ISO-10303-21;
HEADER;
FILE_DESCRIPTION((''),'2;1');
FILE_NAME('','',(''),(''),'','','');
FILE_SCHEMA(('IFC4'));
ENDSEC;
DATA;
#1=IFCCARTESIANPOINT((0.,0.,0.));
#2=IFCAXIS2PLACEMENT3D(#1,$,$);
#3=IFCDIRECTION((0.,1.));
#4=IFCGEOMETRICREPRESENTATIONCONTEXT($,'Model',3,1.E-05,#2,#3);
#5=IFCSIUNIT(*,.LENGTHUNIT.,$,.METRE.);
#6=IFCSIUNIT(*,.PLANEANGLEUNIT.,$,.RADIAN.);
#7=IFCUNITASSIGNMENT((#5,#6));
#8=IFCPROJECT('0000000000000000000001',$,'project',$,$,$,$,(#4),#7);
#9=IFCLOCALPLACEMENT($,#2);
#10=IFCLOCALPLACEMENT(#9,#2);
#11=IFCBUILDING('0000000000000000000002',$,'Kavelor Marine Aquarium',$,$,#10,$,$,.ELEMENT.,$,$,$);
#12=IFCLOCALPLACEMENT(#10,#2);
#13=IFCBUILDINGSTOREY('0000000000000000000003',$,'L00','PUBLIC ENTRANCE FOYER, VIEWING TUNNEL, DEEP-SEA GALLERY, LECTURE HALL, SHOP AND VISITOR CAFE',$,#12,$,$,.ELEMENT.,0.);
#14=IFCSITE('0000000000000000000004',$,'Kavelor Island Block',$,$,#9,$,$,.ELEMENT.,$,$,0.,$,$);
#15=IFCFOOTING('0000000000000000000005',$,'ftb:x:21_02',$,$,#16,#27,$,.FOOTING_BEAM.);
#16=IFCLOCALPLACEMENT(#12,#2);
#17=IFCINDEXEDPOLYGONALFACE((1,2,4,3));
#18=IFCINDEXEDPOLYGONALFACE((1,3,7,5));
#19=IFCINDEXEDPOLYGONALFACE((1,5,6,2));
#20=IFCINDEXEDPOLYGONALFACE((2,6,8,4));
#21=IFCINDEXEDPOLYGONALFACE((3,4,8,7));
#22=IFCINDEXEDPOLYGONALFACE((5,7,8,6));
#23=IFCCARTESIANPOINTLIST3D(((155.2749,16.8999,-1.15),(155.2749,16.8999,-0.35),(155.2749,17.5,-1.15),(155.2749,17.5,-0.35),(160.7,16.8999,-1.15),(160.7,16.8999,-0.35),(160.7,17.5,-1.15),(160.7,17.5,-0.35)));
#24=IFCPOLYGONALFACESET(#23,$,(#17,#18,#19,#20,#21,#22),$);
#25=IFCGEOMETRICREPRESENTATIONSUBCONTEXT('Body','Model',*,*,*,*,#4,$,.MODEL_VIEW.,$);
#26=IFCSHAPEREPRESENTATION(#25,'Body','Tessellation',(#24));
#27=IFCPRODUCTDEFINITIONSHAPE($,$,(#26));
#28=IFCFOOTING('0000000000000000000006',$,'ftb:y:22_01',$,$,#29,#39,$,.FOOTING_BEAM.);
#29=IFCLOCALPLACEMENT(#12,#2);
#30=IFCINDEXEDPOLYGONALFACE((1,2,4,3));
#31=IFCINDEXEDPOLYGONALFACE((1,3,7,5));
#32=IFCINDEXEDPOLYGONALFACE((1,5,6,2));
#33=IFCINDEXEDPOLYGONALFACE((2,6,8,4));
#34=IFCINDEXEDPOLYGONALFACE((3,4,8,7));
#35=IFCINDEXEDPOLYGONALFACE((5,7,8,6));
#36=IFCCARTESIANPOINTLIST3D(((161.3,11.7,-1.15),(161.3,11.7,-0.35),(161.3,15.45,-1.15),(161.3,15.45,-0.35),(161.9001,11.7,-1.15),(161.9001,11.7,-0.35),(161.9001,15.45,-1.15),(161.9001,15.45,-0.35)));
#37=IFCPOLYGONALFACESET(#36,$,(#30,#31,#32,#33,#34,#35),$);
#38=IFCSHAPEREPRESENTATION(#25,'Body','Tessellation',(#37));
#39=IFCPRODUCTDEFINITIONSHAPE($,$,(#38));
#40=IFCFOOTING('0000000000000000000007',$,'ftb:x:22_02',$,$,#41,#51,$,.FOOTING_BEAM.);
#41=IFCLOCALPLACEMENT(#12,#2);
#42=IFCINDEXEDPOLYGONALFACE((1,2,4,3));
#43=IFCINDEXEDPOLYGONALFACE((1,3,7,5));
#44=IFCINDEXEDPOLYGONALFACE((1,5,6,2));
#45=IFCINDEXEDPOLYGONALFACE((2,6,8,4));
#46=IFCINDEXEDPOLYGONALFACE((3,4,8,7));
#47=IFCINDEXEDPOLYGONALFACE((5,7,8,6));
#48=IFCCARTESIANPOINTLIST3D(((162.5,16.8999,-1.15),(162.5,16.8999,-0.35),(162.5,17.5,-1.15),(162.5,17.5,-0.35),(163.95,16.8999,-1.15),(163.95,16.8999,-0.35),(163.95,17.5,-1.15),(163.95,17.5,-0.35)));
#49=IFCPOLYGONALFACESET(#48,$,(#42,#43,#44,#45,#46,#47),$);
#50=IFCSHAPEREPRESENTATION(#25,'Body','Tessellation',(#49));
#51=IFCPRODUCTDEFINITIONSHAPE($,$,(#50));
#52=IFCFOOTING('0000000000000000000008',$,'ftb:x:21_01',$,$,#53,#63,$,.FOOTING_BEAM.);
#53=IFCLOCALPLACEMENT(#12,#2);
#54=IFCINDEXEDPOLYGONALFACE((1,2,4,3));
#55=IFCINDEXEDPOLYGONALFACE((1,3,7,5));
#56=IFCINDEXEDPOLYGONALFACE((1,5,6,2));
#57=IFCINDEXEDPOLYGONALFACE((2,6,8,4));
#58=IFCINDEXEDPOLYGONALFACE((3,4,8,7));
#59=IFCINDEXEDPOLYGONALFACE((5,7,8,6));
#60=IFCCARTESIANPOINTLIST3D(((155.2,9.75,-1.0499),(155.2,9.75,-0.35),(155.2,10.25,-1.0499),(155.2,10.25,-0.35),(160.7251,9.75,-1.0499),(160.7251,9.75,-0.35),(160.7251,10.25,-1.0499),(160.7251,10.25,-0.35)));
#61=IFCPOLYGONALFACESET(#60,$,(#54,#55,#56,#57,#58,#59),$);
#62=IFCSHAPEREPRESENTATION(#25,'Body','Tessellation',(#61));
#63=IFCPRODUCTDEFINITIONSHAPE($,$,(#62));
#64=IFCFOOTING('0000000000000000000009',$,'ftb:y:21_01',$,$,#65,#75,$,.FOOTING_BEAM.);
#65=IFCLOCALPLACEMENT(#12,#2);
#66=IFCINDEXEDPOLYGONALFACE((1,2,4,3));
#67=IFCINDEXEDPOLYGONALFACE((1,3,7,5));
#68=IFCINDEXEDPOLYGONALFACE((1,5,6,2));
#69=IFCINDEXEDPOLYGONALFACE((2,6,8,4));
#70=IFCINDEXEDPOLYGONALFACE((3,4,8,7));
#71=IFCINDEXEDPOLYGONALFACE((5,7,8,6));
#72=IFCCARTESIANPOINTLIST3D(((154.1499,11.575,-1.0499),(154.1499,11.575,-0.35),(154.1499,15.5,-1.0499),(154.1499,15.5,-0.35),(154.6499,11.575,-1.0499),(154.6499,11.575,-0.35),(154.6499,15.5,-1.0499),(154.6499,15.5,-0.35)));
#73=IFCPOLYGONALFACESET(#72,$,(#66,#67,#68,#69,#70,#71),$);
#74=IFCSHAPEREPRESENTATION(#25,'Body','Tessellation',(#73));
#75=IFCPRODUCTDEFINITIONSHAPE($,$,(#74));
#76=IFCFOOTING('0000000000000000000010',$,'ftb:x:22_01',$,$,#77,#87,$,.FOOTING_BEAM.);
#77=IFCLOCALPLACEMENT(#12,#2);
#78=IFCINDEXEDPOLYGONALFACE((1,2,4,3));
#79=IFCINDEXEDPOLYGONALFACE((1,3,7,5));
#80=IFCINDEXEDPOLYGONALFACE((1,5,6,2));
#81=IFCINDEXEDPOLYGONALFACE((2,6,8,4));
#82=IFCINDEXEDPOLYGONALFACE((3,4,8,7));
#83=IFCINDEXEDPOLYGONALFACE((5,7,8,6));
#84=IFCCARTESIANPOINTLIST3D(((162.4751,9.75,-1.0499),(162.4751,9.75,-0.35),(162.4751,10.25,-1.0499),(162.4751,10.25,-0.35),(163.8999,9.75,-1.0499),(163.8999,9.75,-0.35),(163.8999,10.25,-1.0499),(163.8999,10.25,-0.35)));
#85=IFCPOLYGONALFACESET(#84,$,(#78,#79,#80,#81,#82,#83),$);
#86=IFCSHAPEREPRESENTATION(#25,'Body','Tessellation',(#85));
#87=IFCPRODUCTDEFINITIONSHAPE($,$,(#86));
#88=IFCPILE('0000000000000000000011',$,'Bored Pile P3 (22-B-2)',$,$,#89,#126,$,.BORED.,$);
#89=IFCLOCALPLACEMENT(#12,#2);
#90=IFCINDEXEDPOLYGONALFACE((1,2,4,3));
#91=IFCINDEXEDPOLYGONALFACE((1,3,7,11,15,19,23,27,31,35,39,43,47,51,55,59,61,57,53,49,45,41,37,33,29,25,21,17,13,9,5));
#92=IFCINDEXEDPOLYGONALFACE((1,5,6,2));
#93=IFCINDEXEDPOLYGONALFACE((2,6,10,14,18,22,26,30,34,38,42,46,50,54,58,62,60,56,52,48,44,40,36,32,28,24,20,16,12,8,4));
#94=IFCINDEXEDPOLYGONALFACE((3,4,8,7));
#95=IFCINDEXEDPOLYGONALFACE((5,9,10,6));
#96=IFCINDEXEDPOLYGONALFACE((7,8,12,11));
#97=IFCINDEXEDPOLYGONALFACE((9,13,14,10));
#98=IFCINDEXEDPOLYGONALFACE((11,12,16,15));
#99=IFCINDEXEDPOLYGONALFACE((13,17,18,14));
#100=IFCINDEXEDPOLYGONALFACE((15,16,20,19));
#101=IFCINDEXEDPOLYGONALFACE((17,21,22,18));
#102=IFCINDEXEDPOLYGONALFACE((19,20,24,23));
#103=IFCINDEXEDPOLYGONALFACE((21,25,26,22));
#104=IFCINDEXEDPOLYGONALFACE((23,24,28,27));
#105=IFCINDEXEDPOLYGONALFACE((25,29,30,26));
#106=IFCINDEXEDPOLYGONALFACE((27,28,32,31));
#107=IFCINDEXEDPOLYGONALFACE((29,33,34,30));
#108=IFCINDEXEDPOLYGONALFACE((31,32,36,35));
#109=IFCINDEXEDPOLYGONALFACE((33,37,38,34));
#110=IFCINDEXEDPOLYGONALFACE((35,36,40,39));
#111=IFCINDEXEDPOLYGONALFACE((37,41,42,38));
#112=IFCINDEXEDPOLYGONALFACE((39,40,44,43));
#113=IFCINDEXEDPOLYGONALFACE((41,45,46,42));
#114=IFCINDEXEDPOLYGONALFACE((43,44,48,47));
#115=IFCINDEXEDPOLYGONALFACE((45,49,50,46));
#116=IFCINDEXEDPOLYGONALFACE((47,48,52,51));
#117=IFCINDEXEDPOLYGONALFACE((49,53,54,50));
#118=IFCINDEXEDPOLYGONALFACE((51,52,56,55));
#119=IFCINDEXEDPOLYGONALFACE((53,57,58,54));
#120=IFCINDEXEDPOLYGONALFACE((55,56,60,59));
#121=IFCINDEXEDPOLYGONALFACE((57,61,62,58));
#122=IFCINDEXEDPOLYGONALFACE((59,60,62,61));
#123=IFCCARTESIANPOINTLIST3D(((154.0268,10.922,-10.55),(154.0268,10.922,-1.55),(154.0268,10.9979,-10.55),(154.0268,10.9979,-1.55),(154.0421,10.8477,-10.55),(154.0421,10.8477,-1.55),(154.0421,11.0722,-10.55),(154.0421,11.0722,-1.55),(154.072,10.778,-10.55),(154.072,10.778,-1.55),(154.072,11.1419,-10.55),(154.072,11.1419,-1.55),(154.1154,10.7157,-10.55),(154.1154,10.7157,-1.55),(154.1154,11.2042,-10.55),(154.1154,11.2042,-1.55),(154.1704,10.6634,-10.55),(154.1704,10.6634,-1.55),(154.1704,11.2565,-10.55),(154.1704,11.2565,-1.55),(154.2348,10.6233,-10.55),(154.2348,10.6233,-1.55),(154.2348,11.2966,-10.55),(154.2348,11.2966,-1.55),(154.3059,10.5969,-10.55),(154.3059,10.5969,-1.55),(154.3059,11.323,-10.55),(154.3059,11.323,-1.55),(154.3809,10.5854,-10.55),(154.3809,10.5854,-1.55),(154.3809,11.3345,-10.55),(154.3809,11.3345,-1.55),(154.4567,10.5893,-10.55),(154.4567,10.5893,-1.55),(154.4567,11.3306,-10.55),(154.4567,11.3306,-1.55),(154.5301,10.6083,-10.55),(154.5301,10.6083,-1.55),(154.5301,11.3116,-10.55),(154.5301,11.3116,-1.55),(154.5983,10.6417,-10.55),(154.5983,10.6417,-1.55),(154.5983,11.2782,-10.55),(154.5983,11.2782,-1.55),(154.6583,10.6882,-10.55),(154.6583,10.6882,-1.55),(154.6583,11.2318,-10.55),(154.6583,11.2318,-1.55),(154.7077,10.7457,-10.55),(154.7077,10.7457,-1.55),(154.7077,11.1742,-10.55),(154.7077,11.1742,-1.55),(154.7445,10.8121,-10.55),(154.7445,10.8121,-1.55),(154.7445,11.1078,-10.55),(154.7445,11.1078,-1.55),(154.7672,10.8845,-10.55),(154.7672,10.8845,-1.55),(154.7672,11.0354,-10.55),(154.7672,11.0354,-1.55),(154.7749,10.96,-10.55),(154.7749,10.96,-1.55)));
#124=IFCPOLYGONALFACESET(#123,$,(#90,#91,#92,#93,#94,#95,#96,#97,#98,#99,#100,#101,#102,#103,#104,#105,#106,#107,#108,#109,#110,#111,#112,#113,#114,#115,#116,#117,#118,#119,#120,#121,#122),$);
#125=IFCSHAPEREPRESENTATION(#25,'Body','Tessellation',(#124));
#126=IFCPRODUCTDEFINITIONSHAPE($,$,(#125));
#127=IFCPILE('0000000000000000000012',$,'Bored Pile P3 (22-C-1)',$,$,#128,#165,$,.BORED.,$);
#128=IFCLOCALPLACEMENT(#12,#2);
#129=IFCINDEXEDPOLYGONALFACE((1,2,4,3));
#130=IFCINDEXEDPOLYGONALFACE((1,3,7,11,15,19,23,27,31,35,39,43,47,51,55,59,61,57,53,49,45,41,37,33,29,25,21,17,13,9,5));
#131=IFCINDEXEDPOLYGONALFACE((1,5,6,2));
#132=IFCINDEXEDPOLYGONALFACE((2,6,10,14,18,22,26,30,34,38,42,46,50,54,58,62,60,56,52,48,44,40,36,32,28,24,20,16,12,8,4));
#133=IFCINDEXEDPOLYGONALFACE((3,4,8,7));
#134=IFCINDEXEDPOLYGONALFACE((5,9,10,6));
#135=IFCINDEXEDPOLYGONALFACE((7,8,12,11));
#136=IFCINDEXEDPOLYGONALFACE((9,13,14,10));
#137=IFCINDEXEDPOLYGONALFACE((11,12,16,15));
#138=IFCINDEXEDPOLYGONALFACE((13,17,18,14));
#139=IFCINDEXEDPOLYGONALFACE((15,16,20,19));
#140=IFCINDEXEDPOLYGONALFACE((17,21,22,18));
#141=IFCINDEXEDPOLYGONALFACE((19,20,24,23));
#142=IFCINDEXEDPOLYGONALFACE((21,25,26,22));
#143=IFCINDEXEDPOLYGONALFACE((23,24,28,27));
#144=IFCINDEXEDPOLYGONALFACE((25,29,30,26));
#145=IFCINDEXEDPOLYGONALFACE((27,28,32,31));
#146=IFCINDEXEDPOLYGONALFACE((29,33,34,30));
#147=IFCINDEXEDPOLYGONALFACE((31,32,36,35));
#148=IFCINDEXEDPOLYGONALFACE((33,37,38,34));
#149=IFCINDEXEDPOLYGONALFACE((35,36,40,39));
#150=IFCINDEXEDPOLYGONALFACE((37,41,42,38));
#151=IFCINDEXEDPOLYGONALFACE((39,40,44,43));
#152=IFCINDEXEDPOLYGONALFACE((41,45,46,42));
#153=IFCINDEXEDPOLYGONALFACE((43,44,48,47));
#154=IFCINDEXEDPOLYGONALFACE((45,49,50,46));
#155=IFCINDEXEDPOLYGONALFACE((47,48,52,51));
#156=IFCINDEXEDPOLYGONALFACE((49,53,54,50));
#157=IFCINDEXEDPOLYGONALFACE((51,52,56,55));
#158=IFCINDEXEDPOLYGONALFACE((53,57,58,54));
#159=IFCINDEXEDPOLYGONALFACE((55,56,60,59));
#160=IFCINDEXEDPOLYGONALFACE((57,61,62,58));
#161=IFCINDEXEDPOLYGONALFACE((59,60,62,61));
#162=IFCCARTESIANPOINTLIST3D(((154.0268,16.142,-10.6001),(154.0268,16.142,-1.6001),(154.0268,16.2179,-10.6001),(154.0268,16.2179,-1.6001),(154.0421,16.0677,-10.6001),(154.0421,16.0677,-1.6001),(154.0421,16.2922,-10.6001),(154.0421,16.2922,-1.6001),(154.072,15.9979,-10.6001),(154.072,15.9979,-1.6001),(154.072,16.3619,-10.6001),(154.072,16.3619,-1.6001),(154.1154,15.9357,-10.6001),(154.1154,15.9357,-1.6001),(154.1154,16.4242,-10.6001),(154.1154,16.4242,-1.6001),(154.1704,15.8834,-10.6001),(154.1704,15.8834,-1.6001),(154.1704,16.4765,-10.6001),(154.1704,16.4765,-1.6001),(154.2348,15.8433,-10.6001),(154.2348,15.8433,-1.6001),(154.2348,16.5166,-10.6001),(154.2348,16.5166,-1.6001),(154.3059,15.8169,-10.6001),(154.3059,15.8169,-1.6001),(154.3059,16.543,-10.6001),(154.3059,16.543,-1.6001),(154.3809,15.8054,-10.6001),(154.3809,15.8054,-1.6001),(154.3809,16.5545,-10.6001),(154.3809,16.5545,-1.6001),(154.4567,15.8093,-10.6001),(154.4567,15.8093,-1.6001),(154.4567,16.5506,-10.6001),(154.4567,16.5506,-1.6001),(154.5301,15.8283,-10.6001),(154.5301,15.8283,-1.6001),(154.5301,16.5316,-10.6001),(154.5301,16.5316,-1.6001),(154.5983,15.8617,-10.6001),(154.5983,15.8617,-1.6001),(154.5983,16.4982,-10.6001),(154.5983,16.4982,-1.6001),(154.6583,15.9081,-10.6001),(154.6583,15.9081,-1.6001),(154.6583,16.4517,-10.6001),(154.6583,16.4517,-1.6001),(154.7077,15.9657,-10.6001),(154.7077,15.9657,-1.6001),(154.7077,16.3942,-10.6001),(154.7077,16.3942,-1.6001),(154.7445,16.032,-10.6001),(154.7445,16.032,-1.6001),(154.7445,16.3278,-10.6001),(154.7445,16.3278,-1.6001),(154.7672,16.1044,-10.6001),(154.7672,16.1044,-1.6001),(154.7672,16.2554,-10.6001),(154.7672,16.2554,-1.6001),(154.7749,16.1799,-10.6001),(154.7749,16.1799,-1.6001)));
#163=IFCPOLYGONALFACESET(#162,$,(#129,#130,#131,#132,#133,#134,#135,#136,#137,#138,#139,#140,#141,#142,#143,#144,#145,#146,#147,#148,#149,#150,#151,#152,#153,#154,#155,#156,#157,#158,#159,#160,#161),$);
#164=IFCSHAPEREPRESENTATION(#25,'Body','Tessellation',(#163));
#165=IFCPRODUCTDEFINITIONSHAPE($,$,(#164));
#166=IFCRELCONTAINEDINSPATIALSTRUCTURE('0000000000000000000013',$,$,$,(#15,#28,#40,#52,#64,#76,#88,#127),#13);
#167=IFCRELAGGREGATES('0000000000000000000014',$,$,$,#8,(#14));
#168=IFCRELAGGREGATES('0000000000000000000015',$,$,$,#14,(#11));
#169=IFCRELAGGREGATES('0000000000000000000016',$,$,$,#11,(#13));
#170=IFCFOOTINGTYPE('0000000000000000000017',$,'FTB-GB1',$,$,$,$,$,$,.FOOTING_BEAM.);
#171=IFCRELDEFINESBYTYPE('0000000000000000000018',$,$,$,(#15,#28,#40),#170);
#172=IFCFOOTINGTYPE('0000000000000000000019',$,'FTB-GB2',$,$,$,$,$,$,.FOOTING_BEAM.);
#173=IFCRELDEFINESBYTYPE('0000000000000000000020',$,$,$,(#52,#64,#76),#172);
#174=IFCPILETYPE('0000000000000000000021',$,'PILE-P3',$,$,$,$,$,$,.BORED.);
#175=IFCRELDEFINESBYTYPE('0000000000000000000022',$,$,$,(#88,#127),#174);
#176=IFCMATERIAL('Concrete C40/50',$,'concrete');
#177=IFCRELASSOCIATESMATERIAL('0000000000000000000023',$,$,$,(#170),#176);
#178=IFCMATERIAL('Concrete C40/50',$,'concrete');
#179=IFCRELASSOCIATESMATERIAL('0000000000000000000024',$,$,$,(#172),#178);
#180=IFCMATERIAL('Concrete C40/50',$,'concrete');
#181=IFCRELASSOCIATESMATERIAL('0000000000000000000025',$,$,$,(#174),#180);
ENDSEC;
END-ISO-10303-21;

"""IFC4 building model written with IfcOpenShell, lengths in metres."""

from ifc_helpers import new_model, si_unit, direction, frame, origin, origin_2d, place, context, subcontext, project, spatial, rectangle, circle, extrude, material, material_profile, profile_set, type_object, element, save


model = new_model("IFC4")

# Units and contexts
model_context = context("Model", 3, precision=1e-05, world=origin(), true_north=direction((0.0, 1.0)))
body_context = subcontext(model_context, "Body", "Model", "MODEL_VIEW")
ifc_project = project(units=[si_unit("LENGTHUNIT", "METRE"), si_unit("PLANEANGLEUNIT", "RADIAN")], contexts=[model_context])

# Site, building, storey
site_placement = place(None, origin())
site = spatial("IfcSite", under=ifc_project, at=site_placement, Name="Kavelor Island Block", CompositionType="ELEMENT", RefElevation=0.0)
building_placement = place(site_placement, origin())
building = spatial("IfcBuilding", under=site, at=building_placement, Name="Kavelor Marine Aquarium", CompositionType="ELEMENT")
storey_placement = place(building_placement, origin())
storey = spatial("IfcBuildingStorey", under=building, at=storey_placement, Name="L00", Description="PUBLIC ENTRANCE FOYER, VIEWING TUNNEL, DEEP-SEA GALLERY, LECTURE HALL, SHOP AND VISITOR CAFE", CompositionType="ELEMENT", Elevation=0.0)

# Footings
ifc_material_1 = material(Name="Concrete C40/50", Category="concrete")
ifc_material_profile_1 = material_profile(ifc_material_1, rectangle(XDim=0.6001, YDim=0.8, at=origin_2d()), Name="GB 600x800")
ifc_profile_set_1 = profile_set([ifc_material_profile_1], Name="Concrete C40/50")
footing_type_1 = type_object("IfcFootingType", Name="FTB-GB1", PredefinedType="FOOTING_BEAM", material=ifc_profile_set_1)
footing_1_placement = place(storey_placement, frame((155.2749, 17.2, -0.75), z_axis=(1.0, 0.0, 0.0), x_axis=(0.0, 1.0, 0.0)))
element("IfcFooting", 1, at=footing_1_placement, inside=storey, type_object=footing_type_1, Name="ftb:x:21_02", PredefinedType="FOOTING_BEAM", context=body_context, shape_type="SweptSolid", body=[
    extrude(rectangle(XDim=0.6001, YDim=0.8, at=origin_2d()), origin(), (0.0, 0.0, 1.0), 5.425),
])
footing_2_placement = place(storey_placement, frame((161.6001, 11.7, -0.75), z_axis=(0.0, 1.0, 0.0), x_axis=(-1.0, 0.0, 0.0)))
element("IfcFooting", 2, at=footing_2_placement, inside=storey, type_object=footing_type_1, Name="ftb:y:22_01", PredefinedType="FOOTING_BEAM", context=body_context, shape_type="SweptSolid", body=[
    extrude(rectangle(XDim=0.6001, YDim=0.8, at=origin_2d()), origin(), (0.0, 0.0, 1.0), 3.75),
])
footing_3_placement = place(storey_placement, frame((162.5, 17.2, -0.75), z_axis=(1.0, 0.0, 0.0), x_axis=(0.0, 1.0, 0.0)))
element("IfcFooting", 3, at=footing_3_placement, inside=storey, type_object=footing_type_1, Name="ftb:x:22_02", PredefinedType="FOOTING_BEAM", context=body_context, shape_type="SweptSolid", body=[
    extrude(rectangle(XDim=0.6001, YDim=0.8, at=origin_2d()), origin(), (0.0, 0.0, 1.0), 1.45),
])
ifc_material_2 = material(Name="Concrete C40/50", Category="concrete")
ifc_material_profile_2 = material_profile(ifc_material_2, rectangle(XDim=0.5, YDim=0.7, at=origin_2d()), Name="GB 500x700")
ifc_profile_set_2 = profile_set([ifc_material_profile_2], Name="Concrete C40/50")
footing_type_2 = type_object("IfcFootingType", Name="FTB-GB2", PredefinedType="FOOTING_BEAM", material=ifc_profile_set_2)
footing_4_placement = place(storey_placement, frame((155.2, 10.0, -0.7), z_axis=(1.0, 0.0, 0.0), x_axis=(0.0, 1.0, 0.0)))
element("IfcFooting", 4, at=footing_4_placement, inside=storey, type_object=footing_type_2, Name="ftb:x:21_01", PredefinedType="FOOTING_BEAM", context=body_context, shape_type="SweptSolid", body=[
    extrude(rectangle(XDim=0.5, YDim=0.7, at=origin_2d()), origin(), (0.0, 0.0, 1.0), 5.5251),
])
footing_5_placement = place(storey_placement, frame((154.3999, 11.575, -0.7), z_axis=(0.0, 1.0, 0.0), x_axis=(-1.0, 0.0, 0.0)))
element("IfcFooting", 5, at=footing_5_placement, inside=storey, type_object=footing_type_2, Name="ftb:y:21_01", PredefinedType="FOOTING_BEAM", context=body_context, shape_type="SweptSolid", body=[
    extrude(rectangle(XDim=0.5, YDim=0.7, at=origin_2d()), origin(), (0.0, 0.0, 1.0), 3.925),
])
footing_6_placement = place(storey_placement, frame((162.4751, 10.0, -0.7), z_axis=(1.0, 0.0, 0.0), x_axis=(0.0, 1.0, 0.0)))
element("IfcFooting", 6, at=footing_6_placement, inside=storey, type_object=footing_type_2, Name="ftb:x:22_01", PredefinedType="FOOTING_BEAM", context=body_context, shape_type="SweptSolid", body=[
    extrude(rectangle(XDim=0.5, YDim=0.7, at=origin_2d()), origin(), (0.0, 0.0, 1.0), 1.4248),
])

# Piles
ifc_material_3 = material(Name="Concrete C40/50", Category="concrete")
ifc_material_profile_3 = material_profile(ifc_material_3, circle(Radius=0.375, at=origin_2d()), Name="PILE D750")
ifc_profile_set_3 = profile_set([ifc_material_profile_3], Name="Concrete C40/50")
pile_type = type_object("IfcPileType", Name="PILE-P3", PredefinedType="BORED", material=ifc_profile_set_3)
for number, where, z_axis, x_axis, name in (
    (7, (154.3999, 10.96, -1.55), (0.0, 0.0, -1.0), (1.0, 0.0, 0.0), "Bored Pile P3 (22-B-2)"),
    (8, (154.3999, 16.1799, -1.6001), (0.0, 0.0, -1.0), (1.0, 0.0, 0.0), "Bored Pile P3 (22-C-1)"),
):
    element("IfcPile", number, at=place(storey_placement, frame(where, z_axis=z_axis, x_axis=x_axis)), inside=storey, type_object=pile_type, Name=name, PredefinedType="BORED", context=body_context, shape_type="SweptSolid", body=[
        extrude(circle(Radius=0.375, at=origin_2d()), origin(), (0.0, 0.0, 1.0), 9.0),
    ])

save(model, "model.ifc")
